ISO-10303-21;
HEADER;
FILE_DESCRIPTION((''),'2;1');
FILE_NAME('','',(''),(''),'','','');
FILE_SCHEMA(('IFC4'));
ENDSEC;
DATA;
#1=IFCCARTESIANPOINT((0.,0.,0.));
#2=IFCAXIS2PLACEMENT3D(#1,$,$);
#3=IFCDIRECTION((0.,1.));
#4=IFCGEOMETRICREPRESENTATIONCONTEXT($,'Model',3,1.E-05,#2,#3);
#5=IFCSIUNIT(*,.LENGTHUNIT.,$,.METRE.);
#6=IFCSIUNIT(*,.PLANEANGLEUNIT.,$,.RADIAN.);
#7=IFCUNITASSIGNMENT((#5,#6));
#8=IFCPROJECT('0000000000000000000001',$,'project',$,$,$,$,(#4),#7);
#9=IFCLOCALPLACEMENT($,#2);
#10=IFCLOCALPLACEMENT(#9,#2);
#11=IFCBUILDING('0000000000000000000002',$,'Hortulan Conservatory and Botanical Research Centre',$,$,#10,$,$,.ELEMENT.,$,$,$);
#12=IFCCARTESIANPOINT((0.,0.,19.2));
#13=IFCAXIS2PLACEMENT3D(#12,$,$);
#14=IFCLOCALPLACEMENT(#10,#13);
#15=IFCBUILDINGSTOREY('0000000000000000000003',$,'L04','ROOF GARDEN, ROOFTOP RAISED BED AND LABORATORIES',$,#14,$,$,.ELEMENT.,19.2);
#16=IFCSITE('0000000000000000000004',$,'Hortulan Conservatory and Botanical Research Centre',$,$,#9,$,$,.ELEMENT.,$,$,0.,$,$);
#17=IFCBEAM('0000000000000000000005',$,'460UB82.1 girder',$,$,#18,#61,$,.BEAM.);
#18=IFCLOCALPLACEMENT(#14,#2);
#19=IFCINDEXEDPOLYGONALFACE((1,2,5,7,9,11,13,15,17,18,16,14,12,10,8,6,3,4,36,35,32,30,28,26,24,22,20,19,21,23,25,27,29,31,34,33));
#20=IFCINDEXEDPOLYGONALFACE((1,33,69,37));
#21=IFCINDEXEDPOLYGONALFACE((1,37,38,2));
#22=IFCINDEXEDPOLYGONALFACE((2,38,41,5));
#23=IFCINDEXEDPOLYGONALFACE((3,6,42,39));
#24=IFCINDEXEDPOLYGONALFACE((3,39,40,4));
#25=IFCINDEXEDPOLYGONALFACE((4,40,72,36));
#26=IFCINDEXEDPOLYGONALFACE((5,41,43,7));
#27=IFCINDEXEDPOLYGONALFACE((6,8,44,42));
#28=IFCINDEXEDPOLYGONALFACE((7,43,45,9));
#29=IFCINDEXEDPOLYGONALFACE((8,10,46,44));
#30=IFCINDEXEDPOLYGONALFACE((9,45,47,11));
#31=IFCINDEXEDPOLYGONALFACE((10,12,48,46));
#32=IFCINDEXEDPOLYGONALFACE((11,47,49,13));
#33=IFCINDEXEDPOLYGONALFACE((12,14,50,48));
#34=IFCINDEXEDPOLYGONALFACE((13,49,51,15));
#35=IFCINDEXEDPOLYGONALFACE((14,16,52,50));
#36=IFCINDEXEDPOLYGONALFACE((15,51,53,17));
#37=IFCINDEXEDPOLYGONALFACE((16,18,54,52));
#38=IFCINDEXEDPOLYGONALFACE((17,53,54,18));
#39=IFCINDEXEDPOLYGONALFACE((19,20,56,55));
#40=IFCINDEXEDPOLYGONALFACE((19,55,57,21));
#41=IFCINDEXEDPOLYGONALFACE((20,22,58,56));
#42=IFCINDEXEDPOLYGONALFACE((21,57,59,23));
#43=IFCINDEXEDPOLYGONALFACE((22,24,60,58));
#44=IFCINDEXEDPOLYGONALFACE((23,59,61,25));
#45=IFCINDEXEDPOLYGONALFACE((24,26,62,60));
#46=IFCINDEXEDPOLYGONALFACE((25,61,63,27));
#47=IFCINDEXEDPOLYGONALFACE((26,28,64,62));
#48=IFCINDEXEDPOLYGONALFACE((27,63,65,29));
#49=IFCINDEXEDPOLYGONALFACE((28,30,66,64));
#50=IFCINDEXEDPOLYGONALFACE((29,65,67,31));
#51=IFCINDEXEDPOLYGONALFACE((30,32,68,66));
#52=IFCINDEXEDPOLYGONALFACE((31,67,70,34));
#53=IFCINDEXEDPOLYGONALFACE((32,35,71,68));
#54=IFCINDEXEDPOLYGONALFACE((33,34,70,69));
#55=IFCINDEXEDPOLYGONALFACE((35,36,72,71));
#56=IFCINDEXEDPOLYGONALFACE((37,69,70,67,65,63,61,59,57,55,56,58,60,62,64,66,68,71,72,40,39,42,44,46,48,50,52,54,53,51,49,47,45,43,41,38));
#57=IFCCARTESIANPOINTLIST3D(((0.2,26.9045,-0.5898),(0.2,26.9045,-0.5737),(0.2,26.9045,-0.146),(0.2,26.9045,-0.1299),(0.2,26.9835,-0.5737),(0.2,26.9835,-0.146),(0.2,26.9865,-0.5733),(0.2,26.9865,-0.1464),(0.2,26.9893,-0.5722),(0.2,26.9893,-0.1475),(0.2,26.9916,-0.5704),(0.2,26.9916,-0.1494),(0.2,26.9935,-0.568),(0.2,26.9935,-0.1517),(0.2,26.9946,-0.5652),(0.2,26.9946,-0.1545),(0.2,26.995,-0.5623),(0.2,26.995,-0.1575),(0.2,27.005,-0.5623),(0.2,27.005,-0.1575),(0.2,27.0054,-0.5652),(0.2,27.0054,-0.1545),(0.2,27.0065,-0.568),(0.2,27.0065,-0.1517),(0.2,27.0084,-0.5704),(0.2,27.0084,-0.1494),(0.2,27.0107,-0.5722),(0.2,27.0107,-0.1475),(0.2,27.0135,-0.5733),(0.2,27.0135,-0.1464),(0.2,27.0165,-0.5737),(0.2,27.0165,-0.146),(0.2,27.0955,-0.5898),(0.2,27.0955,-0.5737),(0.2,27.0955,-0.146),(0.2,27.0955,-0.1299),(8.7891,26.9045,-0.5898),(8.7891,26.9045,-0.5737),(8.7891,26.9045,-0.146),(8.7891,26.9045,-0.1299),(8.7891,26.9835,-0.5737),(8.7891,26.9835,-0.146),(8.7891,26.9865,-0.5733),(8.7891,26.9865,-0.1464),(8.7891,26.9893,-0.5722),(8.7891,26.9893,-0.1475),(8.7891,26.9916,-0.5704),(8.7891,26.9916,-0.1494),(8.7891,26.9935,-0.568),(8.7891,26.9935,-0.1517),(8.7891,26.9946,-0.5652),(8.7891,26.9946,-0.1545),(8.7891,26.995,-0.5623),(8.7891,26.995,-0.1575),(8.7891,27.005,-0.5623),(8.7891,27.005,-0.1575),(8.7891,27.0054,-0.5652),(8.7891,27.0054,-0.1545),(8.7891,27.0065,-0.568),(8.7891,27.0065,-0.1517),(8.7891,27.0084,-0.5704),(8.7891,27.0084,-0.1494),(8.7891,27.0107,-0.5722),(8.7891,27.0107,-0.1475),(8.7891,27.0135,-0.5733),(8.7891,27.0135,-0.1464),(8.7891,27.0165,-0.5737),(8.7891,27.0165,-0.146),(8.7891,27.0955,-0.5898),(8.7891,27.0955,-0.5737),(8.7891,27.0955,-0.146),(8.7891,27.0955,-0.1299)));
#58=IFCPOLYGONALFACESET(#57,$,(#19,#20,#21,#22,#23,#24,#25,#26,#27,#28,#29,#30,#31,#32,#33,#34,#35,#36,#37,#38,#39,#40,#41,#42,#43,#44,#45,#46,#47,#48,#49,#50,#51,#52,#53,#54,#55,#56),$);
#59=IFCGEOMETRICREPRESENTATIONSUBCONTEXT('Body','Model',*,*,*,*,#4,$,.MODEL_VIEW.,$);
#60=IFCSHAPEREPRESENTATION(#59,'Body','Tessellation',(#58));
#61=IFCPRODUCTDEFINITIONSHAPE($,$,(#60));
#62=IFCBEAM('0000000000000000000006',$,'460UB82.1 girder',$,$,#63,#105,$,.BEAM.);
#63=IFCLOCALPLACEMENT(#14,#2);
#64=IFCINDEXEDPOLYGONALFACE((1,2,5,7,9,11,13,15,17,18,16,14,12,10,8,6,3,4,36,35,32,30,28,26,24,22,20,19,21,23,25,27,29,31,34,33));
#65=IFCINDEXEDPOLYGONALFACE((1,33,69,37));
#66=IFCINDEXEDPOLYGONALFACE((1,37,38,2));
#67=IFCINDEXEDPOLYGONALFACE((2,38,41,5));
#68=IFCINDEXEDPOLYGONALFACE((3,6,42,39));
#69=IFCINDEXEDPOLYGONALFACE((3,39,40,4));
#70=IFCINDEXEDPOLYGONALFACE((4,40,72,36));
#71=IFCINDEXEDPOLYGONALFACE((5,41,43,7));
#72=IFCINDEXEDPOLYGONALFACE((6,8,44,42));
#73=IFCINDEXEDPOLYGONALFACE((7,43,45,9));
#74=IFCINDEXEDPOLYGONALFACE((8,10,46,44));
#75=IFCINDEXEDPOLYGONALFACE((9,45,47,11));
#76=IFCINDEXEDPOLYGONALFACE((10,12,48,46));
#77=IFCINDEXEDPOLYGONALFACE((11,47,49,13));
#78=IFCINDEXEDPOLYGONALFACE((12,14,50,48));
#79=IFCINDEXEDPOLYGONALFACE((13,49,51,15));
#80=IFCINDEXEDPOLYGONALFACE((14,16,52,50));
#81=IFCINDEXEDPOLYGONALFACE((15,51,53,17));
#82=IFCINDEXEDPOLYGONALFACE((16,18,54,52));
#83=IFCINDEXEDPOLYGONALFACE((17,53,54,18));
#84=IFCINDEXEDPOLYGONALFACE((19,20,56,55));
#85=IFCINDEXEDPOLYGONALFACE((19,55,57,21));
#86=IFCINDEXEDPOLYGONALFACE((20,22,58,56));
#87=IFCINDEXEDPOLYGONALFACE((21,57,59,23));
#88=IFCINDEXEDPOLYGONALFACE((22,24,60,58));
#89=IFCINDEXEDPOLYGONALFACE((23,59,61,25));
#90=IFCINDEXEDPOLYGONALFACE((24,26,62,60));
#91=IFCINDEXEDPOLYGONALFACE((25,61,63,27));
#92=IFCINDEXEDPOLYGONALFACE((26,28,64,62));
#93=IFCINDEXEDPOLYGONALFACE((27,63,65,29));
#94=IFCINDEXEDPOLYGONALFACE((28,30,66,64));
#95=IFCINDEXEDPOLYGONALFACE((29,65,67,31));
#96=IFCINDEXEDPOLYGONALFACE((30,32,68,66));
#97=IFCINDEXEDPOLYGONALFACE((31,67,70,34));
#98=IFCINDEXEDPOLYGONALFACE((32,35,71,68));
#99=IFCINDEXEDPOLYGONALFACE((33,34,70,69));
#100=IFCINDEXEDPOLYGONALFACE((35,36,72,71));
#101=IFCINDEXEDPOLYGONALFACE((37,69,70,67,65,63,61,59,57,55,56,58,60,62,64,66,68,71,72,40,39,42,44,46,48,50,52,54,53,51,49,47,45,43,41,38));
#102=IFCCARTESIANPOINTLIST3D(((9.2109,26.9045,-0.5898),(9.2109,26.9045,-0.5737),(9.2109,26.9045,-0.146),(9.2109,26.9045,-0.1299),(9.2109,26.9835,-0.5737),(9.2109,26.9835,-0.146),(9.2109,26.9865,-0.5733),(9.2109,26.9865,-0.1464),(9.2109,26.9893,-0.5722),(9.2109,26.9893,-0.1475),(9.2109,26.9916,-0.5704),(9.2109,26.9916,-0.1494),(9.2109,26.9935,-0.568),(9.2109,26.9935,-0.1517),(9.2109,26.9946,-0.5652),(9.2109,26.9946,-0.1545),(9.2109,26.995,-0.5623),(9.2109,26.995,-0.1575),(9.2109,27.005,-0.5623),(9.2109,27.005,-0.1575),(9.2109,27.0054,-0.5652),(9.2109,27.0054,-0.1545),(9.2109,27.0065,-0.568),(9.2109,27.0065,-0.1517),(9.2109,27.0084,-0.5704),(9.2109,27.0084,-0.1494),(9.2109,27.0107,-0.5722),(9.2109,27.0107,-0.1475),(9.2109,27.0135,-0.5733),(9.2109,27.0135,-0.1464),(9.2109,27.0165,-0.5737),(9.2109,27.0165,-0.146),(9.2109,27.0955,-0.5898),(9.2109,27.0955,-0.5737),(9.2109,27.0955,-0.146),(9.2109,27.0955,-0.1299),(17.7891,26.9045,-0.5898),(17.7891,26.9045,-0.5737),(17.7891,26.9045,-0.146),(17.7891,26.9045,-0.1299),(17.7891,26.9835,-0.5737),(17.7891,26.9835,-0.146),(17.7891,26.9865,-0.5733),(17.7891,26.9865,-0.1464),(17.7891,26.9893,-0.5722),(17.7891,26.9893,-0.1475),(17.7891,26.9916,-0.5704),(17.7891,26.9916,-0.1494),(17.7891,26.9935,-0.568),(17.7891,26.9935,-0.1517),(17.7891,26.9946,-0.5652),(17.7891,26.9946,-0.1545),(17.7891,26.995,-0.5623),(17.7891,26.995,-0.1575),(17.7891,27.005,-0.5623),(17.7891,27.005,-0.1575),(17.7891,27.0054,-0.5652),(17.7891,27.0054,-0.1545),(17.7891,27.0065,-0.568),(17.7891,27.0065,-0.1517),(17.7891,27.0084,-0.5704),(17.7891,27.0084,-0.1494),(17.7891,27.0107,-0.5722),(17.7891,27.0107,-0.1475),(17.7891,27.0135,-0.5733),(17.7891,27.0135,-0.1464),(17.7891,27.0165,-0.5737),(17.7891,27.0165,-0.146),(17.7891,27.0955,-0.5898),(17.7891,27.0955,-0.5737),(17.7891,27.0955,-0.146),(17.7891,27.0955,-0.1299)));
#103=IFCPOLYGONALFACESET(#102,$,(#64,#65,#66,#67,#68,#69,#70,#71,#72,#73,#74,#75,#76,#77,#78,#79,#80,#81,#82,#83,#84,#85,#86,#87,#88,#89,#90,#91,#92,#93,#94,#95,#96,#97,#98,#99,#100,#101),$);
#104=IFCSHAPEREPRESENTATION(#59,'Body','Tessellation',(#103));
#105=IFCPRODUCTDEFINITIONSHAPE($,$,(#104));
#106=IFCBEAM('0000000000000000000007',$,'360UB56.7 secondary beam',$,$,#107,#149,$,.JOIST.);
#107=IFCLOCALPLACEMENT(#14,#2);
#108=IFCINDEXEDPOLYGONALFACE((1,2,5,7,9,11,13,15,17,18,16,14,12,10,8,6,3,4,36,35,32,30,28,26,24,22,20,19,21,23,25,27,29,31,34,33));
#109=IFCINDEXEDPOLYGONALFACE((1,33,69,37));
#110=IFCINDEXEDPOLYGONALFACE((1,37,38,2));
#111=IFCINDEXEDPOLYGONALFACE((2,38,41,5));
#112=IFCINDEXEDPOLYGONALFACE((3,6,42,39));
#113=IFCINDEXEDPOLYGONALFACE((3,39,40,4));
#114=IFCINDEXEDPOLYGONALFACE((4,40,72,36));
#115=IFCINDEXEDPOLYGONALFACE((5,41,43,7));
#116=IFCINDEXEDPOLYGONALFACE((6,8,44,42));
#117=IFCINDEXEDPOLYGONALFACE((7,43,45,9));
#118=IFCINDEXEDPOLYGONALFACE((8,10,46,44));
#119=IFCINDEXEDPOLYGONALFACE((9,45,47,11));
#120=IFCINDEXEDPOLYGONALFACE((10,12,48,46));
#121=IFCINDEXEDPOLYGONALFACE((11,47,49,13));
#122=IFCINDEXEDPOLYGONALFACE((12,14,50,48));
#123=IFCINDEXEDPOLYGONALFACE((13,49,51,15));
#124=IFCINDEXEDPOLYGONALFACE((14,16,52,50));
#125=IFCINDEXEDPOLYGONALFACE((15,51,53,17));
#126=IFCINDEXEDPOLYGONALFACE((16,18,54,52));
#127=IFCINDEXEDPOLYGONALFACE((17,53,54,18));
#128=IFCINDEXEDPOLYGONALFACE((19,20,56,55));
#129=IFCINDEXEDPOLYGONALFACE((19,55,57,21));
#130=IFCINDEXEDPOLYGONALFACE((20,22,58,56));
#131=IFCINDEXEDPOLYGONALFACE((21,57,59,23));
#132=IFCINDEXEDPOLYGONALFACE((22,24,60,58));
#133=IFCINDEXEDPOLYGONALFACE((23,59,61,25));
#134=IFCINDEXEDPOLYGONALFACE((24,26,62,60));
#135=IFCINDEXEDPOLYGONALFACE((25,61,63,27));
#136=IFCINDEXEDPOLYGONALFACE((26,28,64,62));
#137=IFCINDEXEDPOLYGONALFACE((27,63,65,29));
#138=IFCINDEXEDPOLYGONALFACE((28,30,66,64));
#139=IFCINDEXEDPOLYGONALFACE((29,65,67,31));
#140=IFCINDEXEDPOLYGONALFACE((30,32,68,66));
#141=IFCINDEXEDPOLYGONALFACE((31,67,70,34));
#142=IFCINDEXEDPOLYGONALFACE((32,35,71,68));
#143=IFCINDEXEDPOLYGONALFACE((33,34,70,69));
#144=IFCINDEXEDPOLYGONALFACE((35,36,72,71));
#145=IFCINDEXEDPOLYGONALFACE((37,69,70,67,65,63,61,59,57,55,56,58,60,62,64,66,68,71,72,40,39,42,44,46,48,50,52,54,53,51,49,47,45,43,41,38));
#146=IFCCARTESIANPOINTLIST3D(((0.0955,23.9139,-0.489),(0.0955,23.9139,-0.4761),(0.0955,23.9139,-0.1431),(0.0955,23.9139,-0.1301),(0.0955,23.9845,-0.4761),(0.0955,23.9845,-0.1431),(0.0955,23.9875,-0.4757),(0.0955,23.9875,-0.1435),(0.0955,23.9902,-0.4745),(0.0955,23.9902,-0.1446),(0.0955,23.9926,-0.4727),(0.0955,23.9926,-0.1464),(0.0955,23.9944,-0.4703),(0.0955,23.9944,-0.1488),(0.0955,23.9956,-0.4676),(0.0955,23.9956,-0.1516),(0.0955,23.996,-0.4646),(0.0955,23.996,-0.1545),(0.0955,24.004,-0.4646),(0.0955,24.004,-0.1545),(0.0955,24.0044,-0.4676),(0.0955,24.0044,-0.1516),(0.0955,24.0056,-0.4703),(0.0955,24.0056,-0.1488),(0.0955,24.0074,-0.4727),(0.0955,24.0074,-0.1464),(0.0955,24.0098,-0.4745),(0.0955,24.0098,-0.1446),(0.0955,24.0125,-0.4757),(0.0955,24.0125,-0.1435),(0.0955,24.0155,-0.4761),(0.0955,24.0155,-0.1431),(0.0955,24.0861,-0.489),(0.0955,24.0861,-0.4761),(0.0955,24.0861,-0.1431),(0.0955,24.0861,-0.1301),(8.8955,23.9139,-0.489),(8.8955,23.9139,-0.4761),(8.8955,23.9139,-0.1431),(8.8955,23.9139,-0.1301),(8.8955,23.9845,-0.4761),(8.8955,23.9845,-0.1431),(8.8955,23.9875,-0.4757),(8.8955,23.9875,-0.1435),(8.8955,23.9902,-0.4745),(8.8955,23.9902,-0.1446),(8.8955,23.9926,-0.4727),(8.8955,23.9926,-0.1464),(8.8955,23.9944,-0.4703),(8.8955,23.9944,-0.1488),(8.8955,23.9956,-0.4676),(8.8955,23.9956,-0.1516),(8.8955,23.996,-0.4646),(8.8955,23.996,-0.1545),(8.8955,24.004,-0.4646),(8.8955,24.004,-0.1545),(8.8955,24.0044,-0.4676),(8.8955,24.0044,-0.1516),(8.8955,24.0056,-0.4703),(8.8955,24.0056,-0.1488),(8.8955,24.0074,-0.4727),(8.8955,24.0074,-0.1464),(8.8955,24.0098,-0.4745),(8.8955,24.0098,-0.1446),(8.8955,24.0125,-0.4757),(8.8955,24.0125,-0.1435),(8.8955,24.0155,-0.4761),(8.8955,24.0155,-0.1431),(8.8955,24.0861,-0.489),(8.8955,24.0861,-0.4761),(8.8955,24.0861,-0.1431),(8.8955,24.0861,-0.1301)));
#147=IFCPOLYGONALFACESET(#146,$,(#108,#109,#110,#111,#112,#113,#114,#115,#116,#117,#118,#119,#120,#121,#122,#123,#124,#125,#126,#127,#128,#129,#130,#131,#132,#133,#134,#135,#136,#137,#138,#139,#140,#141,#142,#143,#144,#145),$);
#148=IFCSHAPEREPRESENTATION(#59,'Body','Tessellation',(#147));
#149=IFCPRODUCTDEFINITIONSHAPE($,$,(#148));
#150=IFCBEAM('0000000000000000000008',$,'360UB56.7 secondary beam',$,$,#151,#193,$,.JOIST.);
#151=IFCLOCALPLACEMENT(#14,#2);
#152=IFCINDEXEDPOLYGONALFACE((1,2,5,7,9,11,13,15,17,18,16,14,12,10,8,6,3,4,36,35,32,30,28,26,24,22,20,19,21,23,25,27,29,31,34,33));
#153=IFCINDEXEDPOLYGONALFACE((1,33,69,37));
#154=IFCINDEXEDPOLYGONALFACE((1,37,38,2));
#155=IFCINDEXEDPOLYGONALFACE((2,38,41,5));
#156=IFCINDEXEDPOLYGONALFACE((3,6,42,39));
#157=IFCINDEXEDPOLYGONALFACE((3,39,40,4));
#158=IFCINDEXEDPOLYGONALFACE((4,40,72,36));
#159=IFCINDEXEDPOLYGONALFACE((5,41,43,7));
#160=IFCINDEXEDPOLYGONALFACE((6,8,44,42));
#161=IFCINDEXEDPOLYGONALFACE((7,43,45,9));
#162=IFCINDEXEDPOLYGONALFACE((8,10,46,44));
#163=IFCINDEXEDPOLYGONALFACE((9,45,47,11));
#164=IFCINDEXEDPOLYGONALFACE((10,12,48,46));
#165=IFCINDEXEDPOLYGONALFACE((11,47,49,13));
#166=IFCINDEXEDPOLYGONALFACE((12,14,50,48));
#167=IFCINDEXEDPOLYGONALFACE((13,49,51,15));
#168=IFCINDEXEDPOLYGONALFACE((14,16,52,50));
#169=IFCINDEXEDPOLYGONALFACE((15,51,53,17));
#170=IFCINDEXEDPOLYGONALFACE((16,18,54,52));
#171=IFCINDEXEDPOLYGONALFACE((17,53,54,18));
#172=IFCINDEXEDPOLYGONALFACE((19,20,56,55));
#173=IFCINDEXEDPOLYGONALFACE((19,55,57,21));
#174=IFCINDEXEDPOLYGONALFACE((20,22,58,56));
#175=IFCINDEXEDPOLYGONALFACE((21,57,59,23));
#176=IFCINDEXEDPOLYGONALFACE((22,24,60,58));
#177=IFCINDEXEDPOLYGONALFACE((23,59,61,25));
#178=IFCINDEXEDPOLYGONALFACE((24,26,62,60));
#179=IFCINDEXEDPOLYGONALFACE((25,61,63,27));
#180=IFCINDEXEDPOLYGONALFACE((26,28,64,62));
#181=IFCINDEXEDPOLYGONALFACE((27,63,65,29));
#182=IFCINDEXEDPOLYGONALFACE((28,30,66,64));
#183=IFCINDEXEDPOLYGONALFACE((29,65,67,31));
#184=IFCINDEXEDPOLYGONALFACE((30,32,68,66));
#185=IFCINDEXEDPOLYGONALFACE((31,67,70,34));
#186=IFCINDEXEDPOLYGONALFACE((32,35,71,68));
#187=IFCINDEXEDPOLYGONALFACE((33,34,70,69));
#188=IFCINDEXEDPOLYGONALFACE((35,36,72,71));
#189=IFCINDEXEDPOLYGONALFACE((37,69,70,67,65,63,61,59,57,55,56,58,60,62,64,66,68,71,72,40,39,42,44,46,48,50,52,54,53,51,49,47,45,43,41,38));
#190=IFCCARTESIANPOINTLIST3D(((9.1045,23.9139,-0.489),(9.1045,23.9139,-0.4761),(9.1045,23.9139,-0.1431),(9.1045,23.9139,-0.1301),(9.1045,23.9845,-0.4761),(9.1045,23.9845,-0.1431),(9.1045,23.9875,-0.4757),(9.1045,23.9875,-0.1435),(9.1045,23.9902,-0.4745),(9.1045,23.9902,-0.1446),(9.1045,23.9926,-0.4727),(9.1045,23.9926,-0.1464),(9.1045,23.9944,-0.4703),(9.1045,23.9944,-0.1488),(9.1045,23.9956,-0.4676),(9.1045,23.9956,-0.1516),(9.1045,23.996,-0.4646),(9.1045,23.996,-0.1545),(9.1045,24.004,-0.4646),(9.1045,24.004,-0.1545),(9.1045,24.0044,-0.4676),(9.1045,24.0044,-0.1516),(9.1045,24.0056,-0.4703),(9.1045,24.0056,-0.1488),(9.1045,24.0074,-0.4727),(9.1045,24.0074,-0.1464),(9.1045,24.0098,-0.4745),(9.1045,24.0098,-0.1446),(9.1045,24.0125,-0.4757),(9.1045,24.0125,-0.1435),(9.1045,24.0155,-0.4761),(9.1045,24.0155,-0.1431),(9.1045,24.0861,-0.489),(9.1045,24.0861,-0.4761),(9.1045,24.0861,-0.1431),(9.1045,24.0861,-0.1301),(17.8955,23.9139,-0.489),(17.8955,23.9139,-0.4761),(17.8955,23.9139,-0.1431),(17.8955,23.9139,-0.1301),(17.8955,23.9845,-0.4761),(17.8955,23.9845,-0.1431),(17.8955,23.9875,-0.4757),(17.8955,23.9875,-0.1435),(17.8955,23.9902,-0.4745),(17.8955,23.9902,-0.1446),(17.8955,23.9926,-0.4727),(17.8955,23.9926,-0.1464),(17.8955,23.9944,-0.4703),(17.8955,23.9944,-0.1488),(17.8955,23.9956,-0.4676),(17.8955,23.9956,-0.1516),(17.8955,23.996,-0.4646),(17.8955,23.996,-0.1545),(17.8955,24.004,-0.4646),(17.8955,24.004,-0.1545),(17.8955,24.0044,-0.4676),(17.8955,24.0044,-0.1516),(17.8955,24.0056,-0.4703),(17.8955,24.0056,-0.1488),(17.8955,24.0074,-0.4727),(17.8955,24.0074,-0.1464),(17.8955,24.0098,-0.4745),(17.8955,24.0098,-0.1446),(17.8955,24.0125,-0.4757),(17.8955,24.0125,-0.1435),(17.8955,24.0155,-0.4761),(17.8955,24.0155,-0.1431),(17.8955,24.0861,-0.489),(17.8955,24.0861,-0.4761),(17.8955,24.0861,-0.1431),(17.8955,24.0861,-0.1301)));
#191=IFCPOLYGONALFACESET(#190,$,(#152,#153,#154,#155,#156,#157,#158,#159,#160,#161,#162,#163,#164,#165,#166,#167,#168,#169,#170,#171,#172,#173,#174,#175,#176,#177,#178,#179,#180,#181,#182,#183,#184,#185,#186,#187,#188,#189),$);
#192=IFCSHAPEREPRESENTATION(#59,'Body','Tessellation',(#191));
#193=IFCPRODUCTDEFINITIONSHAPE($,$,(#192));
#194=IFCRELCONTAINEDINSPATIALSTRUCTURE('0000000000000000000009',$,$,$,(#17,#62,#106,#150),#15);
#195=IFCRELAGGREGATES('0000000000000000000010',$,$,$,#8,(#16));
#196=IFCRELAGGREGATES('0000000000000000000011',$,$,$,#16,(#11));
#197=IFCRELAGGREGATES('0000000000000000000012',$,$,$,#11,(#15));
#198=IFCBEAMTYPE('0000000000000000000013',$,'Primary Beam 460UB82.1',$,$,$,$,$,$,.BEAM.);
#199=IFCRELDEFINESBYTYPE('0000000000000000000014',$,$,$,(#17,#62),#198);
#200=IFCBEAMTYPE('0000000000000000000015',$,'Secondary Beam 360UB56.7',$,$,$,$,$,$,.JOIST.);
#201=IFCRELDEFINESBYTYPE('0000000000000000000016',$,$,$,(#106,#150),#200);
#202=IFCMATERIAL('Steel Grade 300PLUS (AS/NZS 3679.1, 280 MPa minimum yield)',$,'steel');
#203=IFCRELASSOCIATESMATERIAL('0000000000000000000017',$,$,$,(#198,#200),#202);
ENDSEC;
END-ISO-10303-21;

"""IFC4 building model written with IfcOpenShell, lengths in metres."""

from ifc_helpers import new_model, si_unit, direction, frame, origin, origin_2d, place, context, subcontext, project, spatial, i_section, extrude, material, material_profile, profile_set, type_object, element, save


model = new_model("IFC4")

# Units and contexts
model_context = context("Model", 3, precision=1e-05, world=origin(), true_north=direction((0.0, 1.0)))
body_context = subcontext(model_context, "Body", "Model", "MODEL_VIEW")
ifc_project = project(units=[si_unit("LENGTHUNIT", "METRE"), si_unit("PLANEANGLEUNIT", "RADIAN")], contexts=[model_context])

# Site, building, storey
site_placement = place(None, origin())
site = spatial("IfcSite", under=ifc_project, at=site_placement, Name="Hortulan Conservatory and Botanical Research Centre", CompositionType="ELEMENT", RefElevation=0.0)
building_placement = place(site_placement, origin())
building = spatial("IfcBuilding", under=site, at=building_placement, Name="Hortulan Conservatory and Botanical Research Centre", CompositionType="ELEMENT")
storey_placement = place(building_placement, frame((0.0, 0.0, 19.2)))
storey = spatial("IfcBuildingStorey", under=building, at=storey_placement, Name="L04", Description="ROOF GARDEN, ROOFTOP RAISED BED AND LABORATORIES", CompositionType="ELEMENT", Elevation=19.2)

# Beams
ifc_material_1 = material(Name="Steel Grade 300PLUS (AS/NZS 3679.1, 280 MPa minimum yield)", Category="steel")
ifc_material_profile_1 = material_profile(ifc_material_1, i_section(OverallWidth=0.1909, OverallDepth=0.46, WebThickness=0.01, FlangeThickness=0.0161, FilletRadius=0.0115, at=origin_2d()), Name="460UB82.1")
ifc_profile_set_1 = profile_set([ifc_material_profile_1], Name="Steel Grade 300PLUS (AS/NZS 3679.1, 280 MPa minimum yield)")
beam_type_1 = type_object("IfcBeamType", Name="Primary Beam 460UB82.1", PredefinedType="BEAM", material=ifc_profile_set_1)
beam_1_placement = place(storey_placement, frame((0.2, 27.0, -0.3599), z_axis=(1.0, 0.0, 0.0), x_axis=(0.0, 1.0, 0.0)))
element("IfcBeam", 1, at=beam_1_placement, inside=storey, type_object=beam_type_1, Name="460UB82.1 girder", PredefinedType="BEAM", context=body_context, shape_type="SweptSolid", body=[
    extrude(i_section(OverallWidth=0.1909, OverallDepth=0.46, WebThickness=0.01, FlangeThickness=0.0161, FilletRadius=0.0115, at=origin_2d()), origin(), (0.0, 0.0, 1.0), 8.5891),
])
beam_2_placement = place(storey_placement, frame((9.2109, 27.0, -0.3599), z_axis=(1.0, 0.0, 0.0), x_axis=(0.0, 1.0, 0.0)))
element("IfcBeam", 2, at=beam_2_placement, inside=storey, type_object=beam_type_1, Name="460UB82.1 girder", PredefinedType="BEAM", context=body_context, shape_type="SweptSolid", body=[
    extrude(i_section(OverallWidth=0.1909, OverallDepth=0.46, WebThickness=0.01, FlangeThickness=0.0161, FilletRadius=0.0115, at=origin_2d()), origin(), (0.0, 0.0, 1.0), 8.5781),
])
ifc_material_profile_2 = material_profile(ifc_material_1, i_section(OverallWidth=0.1721, OverallDepth=0.3589, WebThickness=0.0081, FlangeThickness=0.0129, FilletRadius=0.0115, at=origin_2d()), Name="360UB56.7")
ifc_profile_set_2 = profile_set([ifc_material_profile_2], Name="Steel Grade 300PLUS (AS/NZS 3679.1, 280 MPa minimum yield)")
beam_type_2 = type_object("IfcBeamType", Name="Secondary Beam 360UB56.7", PredefinedType="JOIST", material=ifc_profile_set_2)
beam_3_placement = place(storey_placement, frame((0.0955, 24.0, -0.3096), z_axis=(1.0, 0.0, 0.0), x_axis=(0.0, 1.0, 0.0)))
element("IfcBeam", 3, at=beam_3_placement, inside=storey, type_object=beam_type_2, Name="360UB56.7 secondary beam", PredefinedType="JOIST", context=body_context, shape_type="SweptSolid", body=[
    extrude(i_section(OverallWidth=0.1721, OverallDepth=0.3589, WebThickness=0.0081, FlangeThickness=0.0129, FilletRadius=0.0115, at=origin_2d()), origin(), (0.0, 0.0, 1.0), 8.8),
])
beam_4_placement = place(storey_placement, frame((9.1045, 24.0, -0.3096), z_axis=(1.0, 0.0, 0.0), x_axis=(0.0, 1.0, 0.0)))
element("IfcBeam", 4, at=beam_4_placement, inside=storey, type_object=beam_type_2, Name="360UB56.7 secondary beam", PredefinedType="JOIST", context=body_context, shape_type="SweptSolid", body=[
    extrude(i_section(OverallWidth=0.1721, OverallDepth=0.3589, WebThickness=0.0081, FlangeThickness=0.0129, FilletRadius=0.0115, at=origin_2d()), origin(), (0.0, 0.0, 1.0), 8.791),
])

save(model, "model.ifc")
